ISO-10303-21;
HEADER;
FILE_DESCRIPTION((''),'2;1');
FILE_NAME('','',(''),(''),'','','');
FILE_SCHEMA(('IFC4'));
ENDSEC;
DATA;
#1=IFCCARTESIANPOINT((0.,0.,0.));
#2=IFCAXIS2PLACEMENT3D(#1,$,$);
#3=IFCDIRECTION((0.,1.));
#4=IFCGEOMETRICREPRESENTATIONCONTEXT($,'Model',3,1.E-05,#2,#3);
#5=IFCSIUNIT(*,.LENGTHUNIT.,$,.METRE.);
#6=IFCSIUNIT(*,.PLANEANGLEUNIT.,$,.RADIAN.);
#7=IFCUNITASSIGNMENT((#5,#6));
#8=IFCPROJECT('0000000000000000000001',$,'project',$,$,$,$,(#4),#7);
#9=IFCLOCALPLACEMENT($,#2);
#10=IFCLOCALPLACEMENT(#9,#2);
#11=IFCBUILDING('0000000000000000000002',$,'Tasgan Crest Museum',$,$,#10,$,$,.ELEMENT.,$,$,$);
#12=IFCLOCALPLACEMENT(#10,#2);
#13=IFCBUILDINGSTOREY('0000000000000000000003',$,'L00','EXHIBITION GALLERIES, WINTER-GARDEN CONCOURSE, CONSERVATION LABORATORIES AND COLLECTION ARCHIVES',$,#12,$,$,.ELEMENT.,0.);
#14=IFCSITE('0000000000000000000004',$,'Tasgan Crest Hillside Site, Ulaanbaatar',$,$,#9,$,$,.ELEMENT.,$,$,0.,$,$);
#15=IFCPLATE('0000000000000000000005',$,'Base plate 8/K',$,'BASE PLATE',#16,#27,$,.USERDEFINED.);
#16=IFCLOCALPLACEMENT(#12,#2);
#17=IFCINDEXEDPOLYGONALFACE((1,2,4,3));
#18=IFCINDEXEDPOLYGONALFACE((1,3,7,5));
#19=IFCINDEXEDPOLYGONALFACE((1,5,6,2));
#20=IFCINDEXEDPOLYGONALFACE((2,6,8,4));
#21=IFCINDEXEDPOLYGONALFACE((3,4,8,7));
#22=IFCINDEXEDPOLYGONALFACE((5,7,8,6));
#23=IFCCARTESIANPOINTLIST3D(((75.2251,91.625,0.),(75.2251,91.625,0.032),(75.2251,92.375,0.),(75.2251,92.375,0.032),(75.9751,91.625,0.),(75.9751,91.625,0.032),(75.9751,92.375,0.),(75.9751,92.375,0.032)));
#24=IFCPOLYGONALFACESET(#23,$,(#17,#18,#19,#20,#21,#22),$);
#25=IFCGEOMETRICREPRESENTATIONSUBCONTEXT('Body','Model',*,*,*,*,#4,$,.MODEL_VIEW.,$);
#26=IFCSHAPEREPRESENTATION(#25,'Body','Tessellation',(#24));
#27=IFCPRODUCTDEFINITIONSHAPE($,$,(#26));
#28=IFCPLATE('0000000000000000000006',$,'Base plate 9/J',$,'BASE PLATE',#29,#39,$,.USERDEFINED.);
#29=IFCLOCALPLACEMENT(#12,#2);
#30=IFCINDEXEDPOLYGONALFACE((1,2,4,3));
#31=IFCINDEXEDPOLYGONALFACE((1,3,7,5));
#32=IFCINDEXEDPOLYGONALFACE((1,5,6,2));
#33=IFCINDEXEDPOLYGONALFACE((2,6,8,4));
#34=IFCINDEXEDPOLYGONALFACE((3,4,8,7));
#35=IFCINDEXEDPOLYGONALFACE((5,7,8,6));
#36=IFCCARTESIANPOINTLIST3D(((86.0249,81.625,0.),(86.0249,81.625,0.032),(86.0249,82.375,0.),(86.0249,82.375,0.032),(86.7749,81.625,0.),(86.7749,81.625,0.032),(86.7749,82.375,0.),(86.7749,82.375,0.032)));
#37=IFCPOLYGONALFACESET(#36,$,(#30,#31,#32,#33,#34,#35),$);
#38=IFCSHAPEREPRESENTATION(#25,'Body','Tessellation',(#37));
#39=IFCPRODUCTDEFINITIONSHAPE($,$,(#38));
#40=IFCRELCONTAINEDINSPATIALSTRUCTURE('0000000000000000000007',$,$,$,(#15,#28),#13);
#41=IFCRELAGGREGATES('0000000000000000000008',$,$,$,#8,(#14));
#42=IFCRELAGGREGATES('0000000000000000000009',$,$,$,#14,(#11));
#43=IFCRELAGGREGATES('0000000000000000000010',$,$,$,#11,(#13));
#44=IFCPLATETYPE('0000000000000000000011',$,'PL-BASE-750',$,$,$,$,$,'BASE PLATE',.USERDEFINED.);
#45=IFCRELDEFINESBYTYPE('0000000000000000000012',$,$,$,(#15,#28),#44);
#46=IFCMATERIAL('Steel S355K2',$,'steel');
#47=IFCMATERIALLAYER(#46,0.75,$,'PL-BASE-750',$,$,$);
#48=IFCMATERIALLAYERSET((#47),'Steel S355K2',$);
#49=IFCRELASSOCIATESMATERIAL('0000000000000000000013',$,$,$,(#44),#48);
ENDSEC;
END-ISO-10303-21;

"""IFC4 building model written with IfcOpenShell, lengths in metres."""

from ifc_helpers import new_model, si_unit, direction, frame, origin, origin_2d, place, context, subcontext, project, spatial, rectangle, extrude, material, layer, layer_set, type_object, element, save


model = new_model("IFC4")

# Units and contexts
model_context = context("Model", 3, precision=1e-05, world=origin(), true_north=direction((0.0, 1.0)))
body_context = subcontext(model_context, "Body", "Model", "MODEL_VIEW")
ifc_project = project(units=[si_unit("LENGTHUNIT", "METRE"), si_unit("PLANEANGLEUNIT", "RADIAN")], contexts=[model_context])

# Site, building, storey
site_placement = place(None, origin())
site = spatial("IfcSite", under=ifc_project, at=site_placement, Name="Tasgan Crest Hillside Site, Ulaanbaatar", CompositionType="ELEMENT", RefElevation=0.0)
building_placement = place(site_placement, origin())
building = spatial("IfcBuilding", under=site, at=building_placement, Name="Tasgan Crest Museum", CompositionType="ELEMENT")
storey_placement = place(building_placement, origin())
storey = spatial("IfcBuildingStorey", under=building, at=storey_placement, Name="L00", Description="EXHIBITION GALLERIES, WINTER-GARDEN CONCOURSE, CONSERVATION LABORATORIES AND COLLECTION ARCHIVES", CompositionType="ELEMENT", Elevation=0.0)

# Plates
ifc_material_1 = material(Name="Steel S355K2", Category="steel")
ifc_layer = layer(ifc_material_1, 0.75, Name="PL-BASE-750")
ifc_layer_set = layer_set([ifc_layer], Name="Steel S355K2")
plate_type = type_object("IfcPlateType", Name="PL-BASE-750", ElementType="BASE PLATE", PredefinedType="USERDEFINED", material=ifc_layer_set)
for number, where, z_axis, x_axis, name in (
    (1, (75.6001, 92.0, 0.0), (0.0, 0.0, 1.0), (1.0, 0.0, 0.0), "Base plate 8/K"),
    (2, (86.3999, 82.0, 0.0), (0.0, 0.0, 1.0), (1.0, 0.0, 0.0), "Base plate 9/J"),
):
    element("IfcPlate", number, at=place(storey_placement, frame(where, z_axis=z_axis, x_axis=x_axis)), inside=storey, type_object=plate_type, Name=name, ObjectType="BASE PLATE", PredefinedType="USERDEFINED", context=body_context, shape_type="SweptSolid", body=[
        extrude(rectangle(XDim=0.75, YDim=0.75, at=origin_2d()), origin(), (0.0, 0.0, 1.0), 0.032),
    ])

save(model, "model.ifc")
